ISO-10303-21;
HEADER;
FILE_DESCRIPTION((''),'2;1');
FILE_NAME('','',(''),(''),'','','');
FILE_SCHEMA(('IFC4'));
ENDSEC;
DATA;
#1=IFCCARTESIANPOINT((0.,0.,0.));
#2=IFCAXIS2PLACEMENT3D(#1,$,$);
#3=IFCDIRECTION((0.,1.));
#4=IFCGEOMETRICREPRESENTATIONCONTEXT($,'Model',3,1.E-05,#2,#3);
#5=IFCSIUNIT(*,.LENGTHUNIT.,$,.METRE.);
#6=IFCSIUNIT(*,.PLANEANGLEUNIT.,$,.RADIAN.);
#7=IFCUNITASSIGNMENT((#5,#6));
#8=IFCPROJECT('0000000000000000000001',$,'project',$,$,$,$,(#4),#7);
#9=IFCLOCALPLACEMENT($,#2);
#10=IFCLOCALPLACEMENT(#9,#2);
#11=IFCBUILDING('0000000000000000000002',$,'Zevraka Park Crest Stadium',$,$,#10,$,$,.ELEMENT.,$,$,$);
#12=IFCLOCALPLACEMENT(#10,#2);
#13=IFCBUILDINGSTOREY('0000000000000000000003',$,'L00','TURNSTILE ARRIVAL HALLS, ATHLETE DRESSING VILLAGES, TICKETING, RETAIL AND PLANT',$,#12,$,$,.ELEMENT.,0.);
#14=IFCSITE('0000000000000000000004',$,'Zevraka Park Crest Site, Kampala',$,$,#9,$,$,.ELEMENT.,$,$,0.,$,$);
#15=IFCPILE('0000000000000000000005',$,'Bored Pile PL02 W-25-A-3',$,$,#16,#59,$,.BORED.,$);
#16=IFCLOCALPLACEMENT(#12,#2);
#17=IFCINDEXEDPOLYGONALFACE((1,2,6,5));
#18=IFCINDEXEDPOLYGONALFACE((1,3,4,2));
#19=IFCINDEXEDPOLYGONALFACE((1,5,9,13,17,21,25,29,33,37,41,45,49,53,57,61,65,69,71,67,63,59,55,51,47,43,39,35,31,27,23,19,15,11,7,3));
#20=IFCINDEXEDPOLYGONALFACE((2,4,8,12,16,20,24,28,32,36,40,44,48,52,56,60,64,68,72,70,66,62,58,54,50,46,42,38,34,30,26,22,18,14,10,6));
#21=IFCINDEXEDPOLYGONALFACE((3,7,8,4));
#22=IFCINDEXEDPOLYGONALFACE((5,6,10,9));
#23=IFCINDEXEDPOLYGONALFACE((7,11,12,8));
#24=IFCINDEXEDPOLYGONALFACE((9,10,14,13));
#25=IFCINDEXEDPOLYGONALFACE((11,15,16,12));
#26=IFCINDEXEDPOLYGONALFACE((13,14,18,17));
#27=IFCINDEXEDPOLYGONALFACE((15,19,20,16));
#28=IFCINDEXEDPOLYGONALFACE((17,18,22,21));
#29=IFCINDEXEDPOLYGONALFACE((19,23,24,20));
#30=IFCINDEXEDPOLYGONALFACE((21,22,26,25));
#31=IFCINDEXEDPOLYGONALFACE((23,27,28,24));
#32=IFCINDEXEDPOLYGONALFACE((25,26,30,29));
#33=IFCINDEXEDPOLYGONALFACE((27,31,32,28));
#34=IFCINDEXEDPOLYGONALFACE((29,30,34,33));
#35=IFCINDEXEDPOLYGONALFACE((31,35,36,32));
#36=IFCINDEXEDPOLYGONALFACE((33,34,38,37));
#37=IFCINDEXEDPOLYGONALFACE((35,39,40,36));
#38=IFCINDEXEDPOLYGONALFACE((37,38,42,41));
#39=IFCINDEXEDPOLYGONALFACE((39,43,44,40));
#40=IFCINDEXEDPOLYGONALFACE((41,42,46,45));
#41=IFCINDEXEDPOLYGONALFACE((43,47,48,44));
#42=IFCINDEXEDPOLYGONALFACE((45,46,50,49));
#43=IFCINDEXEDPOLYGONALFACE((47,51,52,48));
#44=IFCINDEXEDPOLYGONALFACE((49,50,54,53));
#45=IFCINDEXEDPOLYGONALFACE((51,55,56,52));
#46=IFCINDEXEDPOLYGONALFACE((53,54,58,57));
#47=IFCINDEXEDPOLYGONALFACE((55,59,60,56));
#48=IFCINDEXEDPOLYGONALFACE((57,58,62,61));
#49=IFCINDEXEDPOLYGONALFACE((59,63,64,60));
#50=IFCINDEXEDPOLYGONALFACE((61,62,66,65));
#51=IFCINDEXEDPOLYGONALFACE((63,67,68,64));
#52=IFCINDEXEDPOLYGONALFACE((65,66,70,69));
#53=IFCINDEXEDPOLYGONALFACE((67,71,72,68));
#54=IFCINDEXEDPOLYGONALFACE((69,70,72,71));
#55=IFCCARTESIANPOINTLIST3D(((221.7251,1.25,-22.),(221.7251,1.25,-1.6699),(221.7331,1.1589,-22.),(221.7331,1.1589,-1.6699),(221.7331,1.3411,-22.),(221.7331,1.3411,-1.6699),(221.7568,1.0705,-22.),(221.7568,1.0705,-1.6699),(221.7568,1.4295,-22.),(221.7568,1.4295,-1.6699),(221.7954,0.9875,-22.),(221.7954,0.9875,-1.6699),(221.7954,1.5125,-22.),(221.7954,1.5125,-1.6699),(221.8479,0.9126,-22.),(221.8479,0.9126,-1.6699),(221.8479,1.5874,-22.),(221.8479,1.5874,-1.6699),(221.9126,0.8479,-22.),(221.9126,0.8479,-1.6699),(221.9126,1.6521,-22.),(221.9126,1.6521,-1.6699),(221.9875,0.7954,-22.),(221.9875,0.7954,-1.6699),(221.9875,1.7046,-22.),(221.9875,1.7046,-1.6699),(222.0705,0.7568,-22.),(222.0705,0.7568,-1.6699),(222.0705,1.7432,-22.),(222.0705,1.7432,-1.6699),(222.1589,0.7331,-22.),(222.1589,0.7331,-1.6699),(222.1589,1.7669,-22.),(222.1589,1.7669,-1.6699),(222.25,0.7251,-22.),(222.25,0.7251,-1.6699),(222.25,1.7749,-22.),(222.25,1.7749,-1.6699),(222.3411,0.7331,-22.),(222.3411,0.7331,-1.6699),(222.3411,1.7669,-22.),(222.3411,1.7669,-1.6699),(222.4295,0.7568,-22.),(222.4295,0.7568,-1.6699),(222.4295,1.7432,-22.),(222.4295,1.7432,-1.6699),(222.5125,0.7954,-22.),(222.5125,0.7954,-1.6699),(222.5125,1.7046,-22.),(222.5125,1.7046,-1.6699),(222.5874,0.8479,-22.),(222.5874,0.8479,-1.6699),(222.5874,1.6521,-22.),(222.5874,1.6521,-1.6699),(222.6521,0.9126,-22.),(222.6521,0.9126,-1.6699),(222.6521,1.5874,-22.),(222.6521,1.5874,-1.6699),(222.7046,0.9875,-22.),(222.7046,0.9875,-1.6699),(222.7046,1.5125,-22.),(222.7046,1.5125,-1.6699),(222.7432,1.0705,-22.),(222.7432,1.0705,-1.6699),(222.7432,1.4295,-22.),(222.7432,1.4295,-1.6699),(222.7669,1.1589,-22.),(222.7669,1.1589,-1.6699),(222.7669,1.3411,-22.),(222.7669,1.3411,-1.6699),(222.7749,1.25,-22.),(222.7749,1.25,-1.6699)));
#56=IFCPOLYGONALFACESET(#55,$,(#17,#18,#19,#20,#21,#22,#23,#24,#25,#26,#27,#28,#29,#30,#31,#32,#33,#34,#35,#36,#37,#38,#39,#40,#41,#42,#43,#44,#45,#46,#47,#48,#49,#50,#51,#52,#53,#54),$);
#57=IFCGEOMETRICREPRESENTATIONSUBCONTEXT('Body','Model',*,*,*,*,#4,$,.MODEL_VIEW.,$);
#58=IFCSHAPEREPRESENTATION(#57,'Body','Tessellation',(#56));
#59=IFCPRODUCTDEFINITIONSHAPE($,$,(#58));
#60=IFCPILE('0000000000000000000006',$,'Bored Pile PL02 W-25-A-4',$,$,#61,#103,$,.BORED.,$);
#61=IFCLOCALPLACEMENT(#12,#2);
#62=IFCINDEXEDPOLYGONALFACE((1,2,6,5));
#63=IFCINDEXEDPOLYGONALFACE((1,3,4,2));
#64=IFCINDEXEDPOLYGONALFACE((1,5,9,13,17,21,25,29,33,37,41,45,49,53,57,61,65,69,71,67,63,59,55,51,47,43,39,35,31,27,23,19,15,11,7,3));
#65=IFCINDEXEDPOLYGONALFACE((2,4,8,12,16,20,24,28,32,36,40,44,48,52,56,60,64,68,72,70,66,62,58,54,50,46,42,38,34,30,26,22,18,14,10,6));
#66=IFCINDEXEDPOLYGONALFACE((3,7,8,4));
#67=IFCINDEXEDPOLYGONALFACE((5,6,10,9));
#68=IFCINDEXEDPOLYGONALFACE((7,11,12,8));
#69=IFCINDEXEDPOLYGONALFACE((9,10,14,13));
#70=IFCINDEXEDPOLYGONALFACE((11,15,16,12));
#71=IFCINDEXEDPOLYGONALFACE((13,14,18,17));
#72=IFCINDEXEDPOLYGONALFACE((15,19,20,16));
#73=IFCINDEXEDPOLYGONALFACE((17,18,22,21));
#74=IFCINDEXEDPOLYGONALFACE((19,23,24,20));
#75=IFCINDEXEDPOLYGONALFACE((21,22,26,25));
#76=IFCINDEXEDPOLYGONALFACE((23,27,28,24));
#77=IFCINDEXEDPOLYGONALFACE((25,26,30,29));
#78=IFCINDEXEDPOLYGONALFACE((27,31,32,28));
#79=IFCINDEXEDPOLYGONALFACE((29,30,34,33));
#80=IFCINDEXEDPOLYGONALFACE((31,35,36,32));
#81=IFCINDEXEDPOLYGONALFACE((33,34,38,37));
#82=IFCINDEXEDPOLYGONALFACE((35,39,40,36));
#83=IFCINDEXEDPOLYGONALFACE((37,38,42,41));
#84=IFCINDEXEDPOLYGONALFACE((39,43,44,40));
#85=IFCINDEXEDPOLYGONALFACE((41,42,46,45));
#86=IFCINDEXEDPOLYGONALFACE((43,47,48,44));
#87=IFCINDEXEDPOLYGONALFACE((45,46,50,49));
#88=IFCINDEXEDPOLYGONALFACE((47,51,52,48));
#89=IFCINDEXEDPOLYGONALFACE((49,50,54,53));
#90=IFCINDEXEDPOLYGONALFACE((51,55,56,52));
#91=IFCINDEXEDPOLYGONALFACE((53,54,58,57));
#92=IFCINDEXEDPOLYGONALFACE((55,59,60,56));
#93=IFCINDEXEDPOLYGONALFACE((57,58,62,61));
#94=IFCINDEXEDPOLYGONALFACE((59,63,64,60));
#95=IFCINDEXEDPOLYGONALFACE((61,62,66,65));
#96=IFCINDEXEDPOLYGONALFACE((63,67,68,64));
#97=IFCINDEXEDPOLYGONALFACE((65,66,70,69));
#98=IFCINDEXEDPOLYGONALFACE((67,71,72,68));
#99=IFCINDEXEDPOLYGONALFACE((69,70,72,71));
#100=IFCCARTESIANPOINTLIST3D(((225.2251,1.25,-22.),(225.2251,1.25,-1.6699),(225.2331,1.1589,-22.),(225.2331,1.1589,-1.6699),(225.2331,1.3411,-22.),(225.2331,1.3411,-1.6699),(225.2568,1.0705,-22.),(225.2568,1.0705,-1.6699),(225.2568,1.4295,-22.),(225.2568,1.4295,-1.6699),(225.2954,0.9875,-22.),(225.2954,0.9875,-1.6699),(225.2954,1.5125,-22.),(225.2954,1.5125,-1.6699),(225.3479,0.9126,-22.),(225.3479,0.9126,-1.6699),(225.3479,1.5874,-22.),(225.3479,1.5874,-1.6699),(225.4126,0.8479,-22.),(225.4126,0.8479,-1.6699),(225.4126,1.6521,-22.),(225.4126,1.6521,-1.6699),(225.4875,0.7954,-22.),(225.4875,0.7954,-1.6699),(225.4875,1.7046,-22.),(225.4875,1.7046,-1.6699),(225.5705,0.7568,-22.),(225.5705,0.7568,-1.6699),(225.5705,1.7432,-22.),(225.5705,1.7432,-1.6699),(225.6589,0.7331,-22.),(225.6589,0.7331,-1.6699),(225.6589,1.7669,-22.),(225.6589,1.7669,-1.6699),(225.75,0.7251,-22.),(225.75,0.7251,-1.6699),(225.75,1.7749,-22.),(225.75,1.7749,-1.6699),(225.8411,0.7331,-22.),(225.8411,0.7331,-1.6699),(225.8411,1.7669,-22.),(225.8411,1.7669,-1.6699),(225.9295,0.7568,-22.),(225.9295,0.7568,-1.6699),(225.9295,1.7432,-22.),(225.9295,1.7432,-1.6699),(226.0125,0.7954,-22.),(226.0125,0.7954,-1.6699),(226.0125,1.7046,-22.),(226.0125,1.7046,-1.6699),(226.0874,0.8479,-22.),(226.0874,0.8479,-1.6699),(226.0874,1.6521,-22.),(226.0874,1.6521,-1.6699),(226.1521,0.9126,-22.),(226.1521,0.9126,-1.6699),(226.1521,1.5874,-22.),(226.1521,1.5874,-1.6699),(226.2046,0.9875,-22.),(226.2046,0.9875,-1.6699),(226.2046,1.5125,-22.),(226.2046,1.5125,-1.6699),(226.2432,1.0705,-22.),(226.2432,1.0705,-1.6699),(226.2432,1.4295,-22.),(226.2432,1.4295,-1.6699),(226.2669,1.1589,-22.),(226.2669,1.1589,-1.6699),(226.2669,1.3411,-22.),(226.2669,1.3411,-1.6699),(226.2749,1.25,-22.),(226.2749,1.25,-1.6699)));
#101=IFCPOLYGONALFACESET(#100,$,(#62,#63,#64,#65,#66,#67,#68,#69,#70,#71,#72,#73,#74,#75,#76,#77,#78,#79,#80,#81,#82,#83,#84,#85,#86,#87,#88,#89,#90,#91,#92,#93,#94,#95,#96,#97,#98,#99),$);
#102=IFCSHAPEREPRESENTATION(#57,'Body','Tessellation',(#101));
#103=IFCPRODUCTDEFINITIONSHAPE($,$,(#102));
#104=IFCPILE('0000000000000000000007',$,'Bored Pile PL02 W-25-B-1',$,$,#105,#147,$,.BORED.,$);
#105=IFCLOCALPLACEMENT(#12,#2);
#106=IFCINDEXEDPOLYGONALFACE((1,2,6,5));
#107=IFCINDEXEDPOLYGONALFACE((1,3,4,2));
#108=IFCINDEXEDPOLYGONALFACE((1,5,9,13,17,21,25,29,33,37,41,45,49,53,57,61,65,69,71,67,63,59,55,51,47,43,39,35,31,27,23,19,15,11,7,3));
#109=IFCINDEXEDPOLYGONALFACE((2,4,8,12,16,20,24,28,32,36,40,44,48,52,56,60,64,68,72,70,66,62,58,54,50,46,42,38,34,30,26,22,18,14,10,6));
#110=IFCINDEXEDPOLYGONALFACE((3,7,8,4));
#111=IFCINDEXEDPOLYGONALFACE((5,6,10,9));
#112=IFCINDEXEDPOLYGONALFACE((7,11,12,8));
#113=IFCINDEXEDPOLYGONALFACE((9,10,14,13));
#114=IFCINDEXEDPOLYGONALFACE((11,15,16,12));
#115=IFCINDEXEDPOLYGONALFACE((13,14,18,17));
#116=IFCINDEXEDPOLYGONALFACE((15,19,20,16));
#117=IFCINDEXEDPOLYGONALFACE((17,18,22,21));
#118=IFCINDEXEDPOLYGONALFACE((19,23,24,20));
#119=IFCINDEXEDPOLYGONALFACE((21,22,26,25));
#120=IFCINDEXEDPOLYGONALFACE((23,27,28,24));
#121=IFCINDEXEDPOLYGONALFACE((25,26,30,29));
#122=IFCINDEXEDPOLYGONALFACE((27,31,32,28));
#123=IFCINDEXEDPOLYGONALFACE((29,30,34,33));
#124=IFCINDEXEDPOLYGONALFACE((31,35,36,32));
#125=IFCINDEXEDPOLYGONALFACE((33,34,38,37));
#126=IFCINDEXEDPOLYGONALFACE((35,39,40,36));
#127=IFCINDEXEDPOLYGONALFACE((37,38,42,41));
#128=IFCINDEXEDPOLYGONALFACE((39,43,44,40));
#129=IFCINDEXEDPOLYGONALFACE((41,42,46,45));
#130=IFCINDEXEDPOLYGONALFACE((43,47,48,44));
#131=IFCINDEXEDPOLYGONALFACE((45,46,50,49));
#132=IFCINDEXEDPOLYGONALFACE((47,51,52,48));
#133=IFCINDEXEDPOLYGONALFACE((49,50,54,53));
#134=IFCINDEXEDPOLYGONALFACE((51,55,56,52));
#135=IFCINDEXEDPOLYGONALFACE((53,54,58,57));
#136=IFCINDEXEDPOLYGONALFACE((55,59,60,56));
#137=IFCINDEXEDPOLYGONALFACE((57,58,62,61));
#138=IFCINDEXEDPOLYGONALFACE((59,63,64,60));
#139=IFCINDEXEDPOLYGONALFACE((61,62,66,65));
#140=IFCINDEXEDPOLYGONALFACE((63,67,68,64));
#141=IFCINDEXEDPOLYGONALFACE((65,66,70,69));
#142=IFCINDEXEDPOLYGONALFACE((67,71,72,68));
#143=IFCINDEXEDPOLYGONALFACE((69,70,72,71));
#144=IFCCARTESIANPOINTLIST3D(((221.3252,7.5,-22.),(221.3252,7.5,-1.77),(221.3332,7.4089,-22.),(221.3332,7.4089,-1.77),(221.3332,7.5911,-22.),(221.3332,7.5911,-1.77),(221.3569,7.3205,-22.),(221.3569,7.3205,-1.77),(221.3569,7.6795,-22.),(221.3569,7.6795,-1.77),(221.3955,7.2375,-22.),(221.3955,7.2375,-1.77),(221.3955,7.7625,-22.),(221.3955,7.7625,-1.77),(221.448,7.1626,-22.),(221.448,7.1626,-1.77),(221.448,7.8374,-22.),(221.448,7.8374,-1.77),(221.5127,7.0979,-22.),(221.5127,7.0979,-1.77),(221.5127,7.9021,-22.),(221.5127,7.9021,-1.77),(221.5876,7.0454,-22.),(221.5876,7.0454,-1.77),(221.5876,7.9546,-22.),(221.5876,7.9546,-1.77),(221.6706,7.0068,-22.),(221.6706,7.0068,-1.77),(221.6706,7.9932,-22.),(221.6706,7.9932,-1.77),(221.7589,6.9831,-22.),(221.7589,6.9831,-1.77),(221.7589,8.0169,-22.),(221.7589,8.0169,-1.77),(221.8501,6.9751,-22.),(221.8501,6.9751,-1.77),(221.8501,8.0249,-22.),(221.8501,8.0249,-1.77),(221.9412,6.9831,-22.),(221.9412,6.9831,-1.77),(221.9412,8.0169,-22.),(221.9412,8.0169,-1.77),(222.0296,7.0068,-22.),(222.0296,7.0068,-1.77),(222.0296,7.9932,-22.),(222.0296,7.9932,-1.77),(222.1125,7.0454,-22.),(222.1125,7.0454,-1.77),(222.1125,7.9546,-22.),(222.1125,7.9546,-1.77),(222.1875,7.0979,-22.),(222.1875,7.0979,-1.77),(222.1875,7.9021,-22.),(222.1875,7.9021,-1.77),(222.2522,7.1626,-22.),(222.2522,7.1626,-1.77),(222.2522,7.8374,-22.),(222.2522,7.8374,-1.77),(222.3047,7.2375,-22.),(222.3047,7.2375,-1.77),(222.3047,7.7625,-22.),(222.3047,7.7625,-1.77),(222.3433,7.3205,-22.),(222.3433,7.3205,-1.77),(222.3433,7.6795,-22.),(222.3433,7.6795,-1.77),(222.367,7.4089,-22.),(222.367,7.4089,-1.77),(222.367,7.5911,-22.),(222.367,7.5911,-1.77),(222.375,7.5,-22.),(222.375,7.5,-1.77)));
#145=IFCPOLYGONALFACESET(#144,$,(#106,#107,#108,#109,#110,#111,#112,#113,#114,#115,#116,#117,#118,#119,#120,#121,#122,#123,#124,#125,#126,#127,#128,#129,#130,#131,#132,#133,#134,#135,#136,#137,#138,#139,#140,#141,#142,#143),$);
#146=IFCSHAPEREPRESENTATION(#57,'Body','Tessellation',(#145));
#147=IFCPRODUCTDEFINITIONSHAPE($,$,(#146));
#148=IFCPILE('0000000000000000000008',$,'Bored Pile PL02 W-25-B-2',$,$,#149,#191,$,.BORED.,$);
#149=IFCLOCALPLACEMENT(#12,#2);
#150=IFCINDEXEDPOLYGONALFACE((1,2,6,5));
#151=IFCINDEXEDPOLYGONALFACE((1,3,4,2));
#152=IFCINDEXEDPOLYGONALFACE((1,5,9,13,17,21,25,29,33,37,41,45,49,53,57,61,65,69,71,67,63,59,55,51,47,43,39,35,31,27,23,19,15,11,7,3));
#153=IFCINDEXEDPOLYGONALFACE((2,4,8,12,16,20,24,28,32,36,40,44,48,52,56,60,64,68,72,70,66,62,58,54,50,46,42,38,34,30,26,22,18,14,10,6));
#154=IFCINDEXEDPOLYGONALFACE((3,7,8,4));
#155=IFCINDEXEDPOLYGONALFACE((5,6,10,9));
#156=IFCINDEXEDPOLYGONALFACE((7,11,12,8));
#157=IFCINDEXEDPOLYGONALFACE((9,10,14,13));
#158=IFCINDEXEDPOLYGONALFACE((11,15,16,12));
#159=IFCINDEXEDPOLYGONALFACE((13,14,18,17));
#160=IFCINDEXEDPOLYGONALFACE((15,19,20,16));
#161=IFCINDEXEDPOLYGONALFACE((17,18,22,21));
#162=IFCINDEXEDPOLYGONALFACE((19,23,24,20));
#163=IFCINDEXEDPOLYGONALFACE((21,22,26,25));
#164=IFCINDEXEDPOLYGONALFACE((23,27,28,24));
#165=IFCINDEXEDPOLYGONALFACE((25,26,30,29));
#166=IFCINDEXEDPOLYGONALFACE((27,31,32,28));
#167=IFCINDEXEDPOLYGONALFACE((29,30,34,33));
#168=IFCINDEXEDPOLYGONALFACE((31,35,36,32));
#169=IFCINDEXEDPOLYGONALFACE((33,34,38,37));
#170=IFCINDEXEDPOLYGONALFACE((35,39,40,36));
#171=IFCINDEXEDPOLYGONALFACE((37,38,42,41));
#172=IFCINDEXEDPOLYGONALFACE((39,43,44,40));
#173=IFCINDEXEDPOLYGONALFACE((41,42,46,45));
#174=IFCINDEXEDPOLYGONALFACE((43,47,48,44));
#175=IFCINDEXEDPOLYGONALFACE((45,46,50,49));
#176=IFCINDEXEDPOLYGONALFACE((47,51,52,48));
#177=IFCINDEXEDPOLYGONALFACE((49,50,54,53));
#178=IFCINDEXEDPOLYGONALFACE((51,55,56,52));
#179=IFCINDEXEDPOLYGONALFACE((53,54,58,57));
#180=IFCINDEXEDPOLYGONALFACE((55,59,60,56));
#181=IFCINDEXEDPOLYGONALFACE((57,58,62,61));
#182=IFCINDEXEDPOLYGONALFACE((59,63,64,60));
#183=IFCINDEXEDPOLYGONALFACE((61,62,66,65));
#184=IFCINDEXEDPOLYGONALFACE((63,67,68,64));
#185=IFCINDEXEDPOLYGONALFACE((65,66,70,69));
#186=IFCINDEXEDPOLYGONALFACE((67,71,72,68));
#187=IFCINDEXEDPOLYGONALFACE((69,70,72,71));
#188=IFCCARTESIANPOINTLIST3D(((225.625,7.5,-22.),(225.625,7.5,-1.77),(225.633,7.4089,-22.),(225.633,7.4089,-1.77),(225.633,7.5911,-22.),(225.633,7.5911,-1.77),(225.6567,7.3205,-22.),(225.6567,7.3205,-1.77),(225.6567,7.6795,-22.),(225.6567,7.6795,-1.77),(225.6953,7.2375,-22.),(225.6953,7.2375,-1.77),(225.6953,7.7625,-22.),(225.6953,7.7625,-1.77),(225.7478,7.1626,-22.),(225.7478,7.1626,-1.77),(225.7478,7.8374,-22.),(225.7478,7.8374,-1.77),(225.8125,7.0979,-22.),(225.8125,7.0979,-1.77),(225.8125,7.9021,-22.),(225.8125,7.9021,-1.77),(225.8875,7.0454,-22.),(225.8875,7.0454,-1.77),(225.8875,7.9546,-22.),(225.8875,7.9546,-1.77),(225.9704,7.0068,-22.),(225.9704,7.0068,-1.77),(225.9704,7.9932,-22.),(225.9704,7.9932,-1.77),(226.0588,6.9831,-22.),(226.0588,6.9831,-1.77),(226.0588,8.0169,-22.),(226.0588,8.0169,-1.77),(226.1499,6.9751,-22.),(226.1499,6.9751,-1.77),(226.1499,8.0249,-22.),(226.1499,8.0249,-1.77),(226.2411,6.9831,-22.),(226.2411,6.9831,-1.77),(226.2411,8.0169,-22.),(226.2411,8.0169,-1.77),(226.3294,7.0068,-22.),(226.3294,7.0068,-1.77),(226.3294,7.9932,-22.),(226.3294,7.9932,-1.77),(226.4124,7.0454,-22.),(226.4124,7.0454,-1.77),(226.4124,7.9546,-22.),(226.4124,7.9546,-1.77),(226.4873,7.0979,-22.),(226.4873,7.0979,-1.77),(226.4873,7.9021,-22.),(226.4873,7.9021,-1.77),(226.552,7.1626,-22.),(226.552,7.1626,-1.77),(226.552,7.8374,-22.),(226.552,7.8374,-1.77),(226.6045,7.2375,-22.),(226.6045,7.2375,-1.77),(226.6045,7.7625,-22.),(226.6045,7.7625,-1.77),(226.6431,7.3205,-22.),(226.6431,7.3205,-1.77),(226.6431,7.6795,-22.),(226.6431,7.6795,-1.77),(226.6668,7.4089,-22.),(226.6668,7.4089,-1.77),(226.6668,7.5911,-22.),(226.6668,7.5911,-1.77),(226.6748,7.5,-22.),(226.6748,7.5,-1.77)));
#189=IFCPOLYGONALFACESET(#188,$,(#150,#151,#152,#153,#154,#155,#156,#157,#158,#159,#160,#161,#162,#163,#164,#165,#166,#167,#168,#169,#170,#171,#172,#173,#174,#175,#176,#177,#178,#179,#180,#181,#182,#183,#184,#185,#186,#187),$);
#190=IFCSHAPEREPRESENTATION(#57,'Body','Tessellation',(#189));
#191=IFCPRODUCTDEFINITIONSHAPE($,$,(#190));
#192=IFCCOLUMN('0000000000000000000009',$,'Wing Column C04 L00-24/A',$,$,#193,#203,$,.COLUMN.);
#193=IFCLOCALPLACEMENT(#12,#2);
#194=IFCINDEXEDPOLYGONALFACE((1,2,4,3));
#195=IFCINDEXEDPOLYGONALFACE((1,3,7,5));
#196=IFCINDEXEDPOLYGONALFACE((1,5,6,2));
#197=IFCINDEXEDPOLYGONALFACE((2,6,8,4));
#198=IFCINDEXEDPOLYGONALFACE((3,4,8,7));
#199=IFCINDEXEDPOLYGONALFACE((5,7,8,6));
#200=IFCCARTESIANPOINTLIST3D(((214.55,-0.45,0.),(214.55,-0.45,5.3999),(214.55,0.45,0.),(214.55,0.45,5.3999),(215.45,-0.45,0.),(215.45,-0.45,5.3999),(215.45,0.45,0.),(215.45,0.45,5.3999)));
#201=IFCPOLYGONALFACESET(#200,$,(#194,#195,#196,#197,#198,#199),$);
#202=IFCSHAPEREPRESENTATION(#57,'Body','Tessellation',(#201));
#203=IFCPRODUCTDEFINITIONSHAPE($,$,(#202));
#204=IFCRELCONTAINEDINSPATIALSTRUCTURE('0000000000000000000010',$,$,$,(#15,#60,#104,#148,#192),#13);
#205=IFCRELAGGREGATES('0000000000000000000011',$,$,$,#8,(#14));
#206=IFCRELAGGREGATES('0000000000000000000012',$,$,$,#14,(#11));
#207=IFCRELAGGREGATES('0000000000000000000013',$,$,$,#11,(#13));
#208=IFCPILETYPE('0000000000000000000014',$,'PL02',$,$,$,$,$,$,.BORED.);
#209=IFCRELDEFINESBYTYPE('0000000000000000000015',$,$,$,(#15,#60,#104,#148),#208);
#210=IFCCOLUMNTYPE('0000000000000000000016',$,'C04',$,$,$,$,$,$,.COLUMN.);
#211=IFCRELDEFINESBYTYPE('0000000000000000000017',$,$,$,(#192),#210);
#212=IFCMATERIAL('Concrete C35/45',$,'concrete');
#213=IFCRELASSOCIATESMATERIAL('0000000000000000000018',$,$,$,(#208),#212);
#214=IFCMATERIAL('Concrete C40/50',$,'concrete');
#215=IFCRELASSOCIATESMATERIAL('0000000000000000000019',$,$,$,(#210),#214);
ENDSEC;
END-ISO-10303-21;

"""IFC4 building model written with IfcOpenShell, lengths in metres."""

from ifc_helpers import new_model, si_unit, direction, frame, origin, origin_2d, place, context, subcontext, project, spatial, rectangle, circle, extrude, material, material_profile, profile_set, type_object, element, save


model = new_model("IFC4")

# Units and contexts
model_context = context("Model", 3, precision=1e-05, world=origin(), true_north=direction((0.0, 1.0)))
body_context = subcontext(model_context, "Body", "Model", "MODEL_VIEW")
ifc_project = project(units=[si_unit("LENGTHUNIT", "METRE"), si_unit("PLANEANGLEUNIT", "RADIAN")], contexts=[model_context])

# Site, building, storey
site_placement = place(None, origin())
site = spatial("IfcSite", under=ifc_project, at=site_placement, Name="Zevraka Park Crest Site, Kampala", CompositionType="ELEMENT", RefElevation=0.0)
building_placement = place(site_placement, origin())
building = spatial("IfcBuilding", under=site, at=building_placement, Name="Zevraka Park Crest Stadium", CompositionType="ELEMENT")
storey_placement = place(building_placement, origin())
storey = spatial("IfcBuildingStorey", under=building, at=storey_placement, Name="L00", Description="TURNSTILE ARRIVAL HALLS, ATHLETE DRESSING VILLAGES, TICKETING, RETAIL AND PLANT", CompositionType="ELEMENT", Elevation=0.0)

# Piles
ifc_material_1 = material(Name="Concrete C35/45", Category="concrete")
ifc_material_profile_1 = material_profile(ifc_material_1, circle(Radius=0.5249, at=origin_2d()), Name="PILE D1050")
ifc_profile_set_1 = profile_set([ifc_material_profile_1], Name="Concrete C35/45")
pile_type_1 = type_object("IfcPileType", Name="PL02", PredefinedType="BORED", material=ifc_profile_set_1)
for number, where, z_axis, x_axis, name in (
    (1, (222.25, 1.25, -1.6699), (0.0, 0.0, -1.0), (1.0, 0.0, 0.0), "Bored Pile PL02 W-25-A-3"),
    (2, (225.75, 1.25, -1.6699), (0.0, 0.0, -1.0), (1.0, 0.0, 0.0), "Bored Pile PL02 W-25-A-4"),
):
    element("IfcPile", number, at=place(storey_placement, frame(where, z_axis=z_axis, x_axis=x_axis)), inside=storey, type_object=pile_type_1, Name=name, PredefinedType="BORED", context=body_context, shape_type="SweptSolid", body=[
        extrude(circle(Radius=0.5249, at=origin_2d()), origin(), (0.0, 0.0, 1.0), 20.3301),
    ])
for number, where, z_axis, x_axis, name in (
    (3, (221.8501, 7.5, -1.77), (0.0, 0.0, -1.0), (1.0, 0.0, 0.0), "Bored Pile PL02 W-25-B-1"),
    (4, (226.1499, 7.5, -1.77), (0.0, 0.0, -1.0), (1.0, 0.0, 0.0), "Bored Pile PL02 W-25-B-2"),
):
    element("IfcPile", number, at=place(storey_placement, frame(where, z_axis=z_axis, x_axis=x_axis)), inside=storey, type_object=pile_type_1, Name=name, PredefinedType="BORED", context=body_context, shape_type="SweptSolid", body=[
        extrude(circle(Radius=0.5249, at=origin_2d()), origin(), (0.0, 0.0, 1.0), 20.23),
    ])

# Column
ifc_material_2 = material(Name="Concrete C40/50", Category="concrete")
ifc_material_profile_2 = material_profile(ifc_material_2, rectangle(XDim=0.8999, YDim=0.8999, at=origin_2d()), Name="RC 900x900")
ifc_profile_set_2 = profile_set([ifc_material_profile_2], Name="Concrete C40/50")
column_type = type_object("IfcColumnType", Name="C04", PredefinedType="COLUMN", material=ifc_profile_set_2)
for number, where, z_axis, x_axis, name in (
    (5, (215.0, 0.0, 0.0), (0.0, 0.0, 1.0), (1.0, 0.0, 0.0), "Wing Column C04 L00-24/A"),
):
    element("IfcColumn", number, at=place(storey_placement, frame(where, z_axis=z_axis, x_axis=x_axis)), inside=storey, type_object=column_type, Name=name, PredefinedType="COLUMN", context=body_context, shape_type="SweptSolid", body=[
        extrude(rectangle(XDim=0.8999, YDim=0.8999, at=origin_2d()), origin(), (0.0, 0.0, 1.0), 5.3999),
    ])

save(model, "model.ifc")
